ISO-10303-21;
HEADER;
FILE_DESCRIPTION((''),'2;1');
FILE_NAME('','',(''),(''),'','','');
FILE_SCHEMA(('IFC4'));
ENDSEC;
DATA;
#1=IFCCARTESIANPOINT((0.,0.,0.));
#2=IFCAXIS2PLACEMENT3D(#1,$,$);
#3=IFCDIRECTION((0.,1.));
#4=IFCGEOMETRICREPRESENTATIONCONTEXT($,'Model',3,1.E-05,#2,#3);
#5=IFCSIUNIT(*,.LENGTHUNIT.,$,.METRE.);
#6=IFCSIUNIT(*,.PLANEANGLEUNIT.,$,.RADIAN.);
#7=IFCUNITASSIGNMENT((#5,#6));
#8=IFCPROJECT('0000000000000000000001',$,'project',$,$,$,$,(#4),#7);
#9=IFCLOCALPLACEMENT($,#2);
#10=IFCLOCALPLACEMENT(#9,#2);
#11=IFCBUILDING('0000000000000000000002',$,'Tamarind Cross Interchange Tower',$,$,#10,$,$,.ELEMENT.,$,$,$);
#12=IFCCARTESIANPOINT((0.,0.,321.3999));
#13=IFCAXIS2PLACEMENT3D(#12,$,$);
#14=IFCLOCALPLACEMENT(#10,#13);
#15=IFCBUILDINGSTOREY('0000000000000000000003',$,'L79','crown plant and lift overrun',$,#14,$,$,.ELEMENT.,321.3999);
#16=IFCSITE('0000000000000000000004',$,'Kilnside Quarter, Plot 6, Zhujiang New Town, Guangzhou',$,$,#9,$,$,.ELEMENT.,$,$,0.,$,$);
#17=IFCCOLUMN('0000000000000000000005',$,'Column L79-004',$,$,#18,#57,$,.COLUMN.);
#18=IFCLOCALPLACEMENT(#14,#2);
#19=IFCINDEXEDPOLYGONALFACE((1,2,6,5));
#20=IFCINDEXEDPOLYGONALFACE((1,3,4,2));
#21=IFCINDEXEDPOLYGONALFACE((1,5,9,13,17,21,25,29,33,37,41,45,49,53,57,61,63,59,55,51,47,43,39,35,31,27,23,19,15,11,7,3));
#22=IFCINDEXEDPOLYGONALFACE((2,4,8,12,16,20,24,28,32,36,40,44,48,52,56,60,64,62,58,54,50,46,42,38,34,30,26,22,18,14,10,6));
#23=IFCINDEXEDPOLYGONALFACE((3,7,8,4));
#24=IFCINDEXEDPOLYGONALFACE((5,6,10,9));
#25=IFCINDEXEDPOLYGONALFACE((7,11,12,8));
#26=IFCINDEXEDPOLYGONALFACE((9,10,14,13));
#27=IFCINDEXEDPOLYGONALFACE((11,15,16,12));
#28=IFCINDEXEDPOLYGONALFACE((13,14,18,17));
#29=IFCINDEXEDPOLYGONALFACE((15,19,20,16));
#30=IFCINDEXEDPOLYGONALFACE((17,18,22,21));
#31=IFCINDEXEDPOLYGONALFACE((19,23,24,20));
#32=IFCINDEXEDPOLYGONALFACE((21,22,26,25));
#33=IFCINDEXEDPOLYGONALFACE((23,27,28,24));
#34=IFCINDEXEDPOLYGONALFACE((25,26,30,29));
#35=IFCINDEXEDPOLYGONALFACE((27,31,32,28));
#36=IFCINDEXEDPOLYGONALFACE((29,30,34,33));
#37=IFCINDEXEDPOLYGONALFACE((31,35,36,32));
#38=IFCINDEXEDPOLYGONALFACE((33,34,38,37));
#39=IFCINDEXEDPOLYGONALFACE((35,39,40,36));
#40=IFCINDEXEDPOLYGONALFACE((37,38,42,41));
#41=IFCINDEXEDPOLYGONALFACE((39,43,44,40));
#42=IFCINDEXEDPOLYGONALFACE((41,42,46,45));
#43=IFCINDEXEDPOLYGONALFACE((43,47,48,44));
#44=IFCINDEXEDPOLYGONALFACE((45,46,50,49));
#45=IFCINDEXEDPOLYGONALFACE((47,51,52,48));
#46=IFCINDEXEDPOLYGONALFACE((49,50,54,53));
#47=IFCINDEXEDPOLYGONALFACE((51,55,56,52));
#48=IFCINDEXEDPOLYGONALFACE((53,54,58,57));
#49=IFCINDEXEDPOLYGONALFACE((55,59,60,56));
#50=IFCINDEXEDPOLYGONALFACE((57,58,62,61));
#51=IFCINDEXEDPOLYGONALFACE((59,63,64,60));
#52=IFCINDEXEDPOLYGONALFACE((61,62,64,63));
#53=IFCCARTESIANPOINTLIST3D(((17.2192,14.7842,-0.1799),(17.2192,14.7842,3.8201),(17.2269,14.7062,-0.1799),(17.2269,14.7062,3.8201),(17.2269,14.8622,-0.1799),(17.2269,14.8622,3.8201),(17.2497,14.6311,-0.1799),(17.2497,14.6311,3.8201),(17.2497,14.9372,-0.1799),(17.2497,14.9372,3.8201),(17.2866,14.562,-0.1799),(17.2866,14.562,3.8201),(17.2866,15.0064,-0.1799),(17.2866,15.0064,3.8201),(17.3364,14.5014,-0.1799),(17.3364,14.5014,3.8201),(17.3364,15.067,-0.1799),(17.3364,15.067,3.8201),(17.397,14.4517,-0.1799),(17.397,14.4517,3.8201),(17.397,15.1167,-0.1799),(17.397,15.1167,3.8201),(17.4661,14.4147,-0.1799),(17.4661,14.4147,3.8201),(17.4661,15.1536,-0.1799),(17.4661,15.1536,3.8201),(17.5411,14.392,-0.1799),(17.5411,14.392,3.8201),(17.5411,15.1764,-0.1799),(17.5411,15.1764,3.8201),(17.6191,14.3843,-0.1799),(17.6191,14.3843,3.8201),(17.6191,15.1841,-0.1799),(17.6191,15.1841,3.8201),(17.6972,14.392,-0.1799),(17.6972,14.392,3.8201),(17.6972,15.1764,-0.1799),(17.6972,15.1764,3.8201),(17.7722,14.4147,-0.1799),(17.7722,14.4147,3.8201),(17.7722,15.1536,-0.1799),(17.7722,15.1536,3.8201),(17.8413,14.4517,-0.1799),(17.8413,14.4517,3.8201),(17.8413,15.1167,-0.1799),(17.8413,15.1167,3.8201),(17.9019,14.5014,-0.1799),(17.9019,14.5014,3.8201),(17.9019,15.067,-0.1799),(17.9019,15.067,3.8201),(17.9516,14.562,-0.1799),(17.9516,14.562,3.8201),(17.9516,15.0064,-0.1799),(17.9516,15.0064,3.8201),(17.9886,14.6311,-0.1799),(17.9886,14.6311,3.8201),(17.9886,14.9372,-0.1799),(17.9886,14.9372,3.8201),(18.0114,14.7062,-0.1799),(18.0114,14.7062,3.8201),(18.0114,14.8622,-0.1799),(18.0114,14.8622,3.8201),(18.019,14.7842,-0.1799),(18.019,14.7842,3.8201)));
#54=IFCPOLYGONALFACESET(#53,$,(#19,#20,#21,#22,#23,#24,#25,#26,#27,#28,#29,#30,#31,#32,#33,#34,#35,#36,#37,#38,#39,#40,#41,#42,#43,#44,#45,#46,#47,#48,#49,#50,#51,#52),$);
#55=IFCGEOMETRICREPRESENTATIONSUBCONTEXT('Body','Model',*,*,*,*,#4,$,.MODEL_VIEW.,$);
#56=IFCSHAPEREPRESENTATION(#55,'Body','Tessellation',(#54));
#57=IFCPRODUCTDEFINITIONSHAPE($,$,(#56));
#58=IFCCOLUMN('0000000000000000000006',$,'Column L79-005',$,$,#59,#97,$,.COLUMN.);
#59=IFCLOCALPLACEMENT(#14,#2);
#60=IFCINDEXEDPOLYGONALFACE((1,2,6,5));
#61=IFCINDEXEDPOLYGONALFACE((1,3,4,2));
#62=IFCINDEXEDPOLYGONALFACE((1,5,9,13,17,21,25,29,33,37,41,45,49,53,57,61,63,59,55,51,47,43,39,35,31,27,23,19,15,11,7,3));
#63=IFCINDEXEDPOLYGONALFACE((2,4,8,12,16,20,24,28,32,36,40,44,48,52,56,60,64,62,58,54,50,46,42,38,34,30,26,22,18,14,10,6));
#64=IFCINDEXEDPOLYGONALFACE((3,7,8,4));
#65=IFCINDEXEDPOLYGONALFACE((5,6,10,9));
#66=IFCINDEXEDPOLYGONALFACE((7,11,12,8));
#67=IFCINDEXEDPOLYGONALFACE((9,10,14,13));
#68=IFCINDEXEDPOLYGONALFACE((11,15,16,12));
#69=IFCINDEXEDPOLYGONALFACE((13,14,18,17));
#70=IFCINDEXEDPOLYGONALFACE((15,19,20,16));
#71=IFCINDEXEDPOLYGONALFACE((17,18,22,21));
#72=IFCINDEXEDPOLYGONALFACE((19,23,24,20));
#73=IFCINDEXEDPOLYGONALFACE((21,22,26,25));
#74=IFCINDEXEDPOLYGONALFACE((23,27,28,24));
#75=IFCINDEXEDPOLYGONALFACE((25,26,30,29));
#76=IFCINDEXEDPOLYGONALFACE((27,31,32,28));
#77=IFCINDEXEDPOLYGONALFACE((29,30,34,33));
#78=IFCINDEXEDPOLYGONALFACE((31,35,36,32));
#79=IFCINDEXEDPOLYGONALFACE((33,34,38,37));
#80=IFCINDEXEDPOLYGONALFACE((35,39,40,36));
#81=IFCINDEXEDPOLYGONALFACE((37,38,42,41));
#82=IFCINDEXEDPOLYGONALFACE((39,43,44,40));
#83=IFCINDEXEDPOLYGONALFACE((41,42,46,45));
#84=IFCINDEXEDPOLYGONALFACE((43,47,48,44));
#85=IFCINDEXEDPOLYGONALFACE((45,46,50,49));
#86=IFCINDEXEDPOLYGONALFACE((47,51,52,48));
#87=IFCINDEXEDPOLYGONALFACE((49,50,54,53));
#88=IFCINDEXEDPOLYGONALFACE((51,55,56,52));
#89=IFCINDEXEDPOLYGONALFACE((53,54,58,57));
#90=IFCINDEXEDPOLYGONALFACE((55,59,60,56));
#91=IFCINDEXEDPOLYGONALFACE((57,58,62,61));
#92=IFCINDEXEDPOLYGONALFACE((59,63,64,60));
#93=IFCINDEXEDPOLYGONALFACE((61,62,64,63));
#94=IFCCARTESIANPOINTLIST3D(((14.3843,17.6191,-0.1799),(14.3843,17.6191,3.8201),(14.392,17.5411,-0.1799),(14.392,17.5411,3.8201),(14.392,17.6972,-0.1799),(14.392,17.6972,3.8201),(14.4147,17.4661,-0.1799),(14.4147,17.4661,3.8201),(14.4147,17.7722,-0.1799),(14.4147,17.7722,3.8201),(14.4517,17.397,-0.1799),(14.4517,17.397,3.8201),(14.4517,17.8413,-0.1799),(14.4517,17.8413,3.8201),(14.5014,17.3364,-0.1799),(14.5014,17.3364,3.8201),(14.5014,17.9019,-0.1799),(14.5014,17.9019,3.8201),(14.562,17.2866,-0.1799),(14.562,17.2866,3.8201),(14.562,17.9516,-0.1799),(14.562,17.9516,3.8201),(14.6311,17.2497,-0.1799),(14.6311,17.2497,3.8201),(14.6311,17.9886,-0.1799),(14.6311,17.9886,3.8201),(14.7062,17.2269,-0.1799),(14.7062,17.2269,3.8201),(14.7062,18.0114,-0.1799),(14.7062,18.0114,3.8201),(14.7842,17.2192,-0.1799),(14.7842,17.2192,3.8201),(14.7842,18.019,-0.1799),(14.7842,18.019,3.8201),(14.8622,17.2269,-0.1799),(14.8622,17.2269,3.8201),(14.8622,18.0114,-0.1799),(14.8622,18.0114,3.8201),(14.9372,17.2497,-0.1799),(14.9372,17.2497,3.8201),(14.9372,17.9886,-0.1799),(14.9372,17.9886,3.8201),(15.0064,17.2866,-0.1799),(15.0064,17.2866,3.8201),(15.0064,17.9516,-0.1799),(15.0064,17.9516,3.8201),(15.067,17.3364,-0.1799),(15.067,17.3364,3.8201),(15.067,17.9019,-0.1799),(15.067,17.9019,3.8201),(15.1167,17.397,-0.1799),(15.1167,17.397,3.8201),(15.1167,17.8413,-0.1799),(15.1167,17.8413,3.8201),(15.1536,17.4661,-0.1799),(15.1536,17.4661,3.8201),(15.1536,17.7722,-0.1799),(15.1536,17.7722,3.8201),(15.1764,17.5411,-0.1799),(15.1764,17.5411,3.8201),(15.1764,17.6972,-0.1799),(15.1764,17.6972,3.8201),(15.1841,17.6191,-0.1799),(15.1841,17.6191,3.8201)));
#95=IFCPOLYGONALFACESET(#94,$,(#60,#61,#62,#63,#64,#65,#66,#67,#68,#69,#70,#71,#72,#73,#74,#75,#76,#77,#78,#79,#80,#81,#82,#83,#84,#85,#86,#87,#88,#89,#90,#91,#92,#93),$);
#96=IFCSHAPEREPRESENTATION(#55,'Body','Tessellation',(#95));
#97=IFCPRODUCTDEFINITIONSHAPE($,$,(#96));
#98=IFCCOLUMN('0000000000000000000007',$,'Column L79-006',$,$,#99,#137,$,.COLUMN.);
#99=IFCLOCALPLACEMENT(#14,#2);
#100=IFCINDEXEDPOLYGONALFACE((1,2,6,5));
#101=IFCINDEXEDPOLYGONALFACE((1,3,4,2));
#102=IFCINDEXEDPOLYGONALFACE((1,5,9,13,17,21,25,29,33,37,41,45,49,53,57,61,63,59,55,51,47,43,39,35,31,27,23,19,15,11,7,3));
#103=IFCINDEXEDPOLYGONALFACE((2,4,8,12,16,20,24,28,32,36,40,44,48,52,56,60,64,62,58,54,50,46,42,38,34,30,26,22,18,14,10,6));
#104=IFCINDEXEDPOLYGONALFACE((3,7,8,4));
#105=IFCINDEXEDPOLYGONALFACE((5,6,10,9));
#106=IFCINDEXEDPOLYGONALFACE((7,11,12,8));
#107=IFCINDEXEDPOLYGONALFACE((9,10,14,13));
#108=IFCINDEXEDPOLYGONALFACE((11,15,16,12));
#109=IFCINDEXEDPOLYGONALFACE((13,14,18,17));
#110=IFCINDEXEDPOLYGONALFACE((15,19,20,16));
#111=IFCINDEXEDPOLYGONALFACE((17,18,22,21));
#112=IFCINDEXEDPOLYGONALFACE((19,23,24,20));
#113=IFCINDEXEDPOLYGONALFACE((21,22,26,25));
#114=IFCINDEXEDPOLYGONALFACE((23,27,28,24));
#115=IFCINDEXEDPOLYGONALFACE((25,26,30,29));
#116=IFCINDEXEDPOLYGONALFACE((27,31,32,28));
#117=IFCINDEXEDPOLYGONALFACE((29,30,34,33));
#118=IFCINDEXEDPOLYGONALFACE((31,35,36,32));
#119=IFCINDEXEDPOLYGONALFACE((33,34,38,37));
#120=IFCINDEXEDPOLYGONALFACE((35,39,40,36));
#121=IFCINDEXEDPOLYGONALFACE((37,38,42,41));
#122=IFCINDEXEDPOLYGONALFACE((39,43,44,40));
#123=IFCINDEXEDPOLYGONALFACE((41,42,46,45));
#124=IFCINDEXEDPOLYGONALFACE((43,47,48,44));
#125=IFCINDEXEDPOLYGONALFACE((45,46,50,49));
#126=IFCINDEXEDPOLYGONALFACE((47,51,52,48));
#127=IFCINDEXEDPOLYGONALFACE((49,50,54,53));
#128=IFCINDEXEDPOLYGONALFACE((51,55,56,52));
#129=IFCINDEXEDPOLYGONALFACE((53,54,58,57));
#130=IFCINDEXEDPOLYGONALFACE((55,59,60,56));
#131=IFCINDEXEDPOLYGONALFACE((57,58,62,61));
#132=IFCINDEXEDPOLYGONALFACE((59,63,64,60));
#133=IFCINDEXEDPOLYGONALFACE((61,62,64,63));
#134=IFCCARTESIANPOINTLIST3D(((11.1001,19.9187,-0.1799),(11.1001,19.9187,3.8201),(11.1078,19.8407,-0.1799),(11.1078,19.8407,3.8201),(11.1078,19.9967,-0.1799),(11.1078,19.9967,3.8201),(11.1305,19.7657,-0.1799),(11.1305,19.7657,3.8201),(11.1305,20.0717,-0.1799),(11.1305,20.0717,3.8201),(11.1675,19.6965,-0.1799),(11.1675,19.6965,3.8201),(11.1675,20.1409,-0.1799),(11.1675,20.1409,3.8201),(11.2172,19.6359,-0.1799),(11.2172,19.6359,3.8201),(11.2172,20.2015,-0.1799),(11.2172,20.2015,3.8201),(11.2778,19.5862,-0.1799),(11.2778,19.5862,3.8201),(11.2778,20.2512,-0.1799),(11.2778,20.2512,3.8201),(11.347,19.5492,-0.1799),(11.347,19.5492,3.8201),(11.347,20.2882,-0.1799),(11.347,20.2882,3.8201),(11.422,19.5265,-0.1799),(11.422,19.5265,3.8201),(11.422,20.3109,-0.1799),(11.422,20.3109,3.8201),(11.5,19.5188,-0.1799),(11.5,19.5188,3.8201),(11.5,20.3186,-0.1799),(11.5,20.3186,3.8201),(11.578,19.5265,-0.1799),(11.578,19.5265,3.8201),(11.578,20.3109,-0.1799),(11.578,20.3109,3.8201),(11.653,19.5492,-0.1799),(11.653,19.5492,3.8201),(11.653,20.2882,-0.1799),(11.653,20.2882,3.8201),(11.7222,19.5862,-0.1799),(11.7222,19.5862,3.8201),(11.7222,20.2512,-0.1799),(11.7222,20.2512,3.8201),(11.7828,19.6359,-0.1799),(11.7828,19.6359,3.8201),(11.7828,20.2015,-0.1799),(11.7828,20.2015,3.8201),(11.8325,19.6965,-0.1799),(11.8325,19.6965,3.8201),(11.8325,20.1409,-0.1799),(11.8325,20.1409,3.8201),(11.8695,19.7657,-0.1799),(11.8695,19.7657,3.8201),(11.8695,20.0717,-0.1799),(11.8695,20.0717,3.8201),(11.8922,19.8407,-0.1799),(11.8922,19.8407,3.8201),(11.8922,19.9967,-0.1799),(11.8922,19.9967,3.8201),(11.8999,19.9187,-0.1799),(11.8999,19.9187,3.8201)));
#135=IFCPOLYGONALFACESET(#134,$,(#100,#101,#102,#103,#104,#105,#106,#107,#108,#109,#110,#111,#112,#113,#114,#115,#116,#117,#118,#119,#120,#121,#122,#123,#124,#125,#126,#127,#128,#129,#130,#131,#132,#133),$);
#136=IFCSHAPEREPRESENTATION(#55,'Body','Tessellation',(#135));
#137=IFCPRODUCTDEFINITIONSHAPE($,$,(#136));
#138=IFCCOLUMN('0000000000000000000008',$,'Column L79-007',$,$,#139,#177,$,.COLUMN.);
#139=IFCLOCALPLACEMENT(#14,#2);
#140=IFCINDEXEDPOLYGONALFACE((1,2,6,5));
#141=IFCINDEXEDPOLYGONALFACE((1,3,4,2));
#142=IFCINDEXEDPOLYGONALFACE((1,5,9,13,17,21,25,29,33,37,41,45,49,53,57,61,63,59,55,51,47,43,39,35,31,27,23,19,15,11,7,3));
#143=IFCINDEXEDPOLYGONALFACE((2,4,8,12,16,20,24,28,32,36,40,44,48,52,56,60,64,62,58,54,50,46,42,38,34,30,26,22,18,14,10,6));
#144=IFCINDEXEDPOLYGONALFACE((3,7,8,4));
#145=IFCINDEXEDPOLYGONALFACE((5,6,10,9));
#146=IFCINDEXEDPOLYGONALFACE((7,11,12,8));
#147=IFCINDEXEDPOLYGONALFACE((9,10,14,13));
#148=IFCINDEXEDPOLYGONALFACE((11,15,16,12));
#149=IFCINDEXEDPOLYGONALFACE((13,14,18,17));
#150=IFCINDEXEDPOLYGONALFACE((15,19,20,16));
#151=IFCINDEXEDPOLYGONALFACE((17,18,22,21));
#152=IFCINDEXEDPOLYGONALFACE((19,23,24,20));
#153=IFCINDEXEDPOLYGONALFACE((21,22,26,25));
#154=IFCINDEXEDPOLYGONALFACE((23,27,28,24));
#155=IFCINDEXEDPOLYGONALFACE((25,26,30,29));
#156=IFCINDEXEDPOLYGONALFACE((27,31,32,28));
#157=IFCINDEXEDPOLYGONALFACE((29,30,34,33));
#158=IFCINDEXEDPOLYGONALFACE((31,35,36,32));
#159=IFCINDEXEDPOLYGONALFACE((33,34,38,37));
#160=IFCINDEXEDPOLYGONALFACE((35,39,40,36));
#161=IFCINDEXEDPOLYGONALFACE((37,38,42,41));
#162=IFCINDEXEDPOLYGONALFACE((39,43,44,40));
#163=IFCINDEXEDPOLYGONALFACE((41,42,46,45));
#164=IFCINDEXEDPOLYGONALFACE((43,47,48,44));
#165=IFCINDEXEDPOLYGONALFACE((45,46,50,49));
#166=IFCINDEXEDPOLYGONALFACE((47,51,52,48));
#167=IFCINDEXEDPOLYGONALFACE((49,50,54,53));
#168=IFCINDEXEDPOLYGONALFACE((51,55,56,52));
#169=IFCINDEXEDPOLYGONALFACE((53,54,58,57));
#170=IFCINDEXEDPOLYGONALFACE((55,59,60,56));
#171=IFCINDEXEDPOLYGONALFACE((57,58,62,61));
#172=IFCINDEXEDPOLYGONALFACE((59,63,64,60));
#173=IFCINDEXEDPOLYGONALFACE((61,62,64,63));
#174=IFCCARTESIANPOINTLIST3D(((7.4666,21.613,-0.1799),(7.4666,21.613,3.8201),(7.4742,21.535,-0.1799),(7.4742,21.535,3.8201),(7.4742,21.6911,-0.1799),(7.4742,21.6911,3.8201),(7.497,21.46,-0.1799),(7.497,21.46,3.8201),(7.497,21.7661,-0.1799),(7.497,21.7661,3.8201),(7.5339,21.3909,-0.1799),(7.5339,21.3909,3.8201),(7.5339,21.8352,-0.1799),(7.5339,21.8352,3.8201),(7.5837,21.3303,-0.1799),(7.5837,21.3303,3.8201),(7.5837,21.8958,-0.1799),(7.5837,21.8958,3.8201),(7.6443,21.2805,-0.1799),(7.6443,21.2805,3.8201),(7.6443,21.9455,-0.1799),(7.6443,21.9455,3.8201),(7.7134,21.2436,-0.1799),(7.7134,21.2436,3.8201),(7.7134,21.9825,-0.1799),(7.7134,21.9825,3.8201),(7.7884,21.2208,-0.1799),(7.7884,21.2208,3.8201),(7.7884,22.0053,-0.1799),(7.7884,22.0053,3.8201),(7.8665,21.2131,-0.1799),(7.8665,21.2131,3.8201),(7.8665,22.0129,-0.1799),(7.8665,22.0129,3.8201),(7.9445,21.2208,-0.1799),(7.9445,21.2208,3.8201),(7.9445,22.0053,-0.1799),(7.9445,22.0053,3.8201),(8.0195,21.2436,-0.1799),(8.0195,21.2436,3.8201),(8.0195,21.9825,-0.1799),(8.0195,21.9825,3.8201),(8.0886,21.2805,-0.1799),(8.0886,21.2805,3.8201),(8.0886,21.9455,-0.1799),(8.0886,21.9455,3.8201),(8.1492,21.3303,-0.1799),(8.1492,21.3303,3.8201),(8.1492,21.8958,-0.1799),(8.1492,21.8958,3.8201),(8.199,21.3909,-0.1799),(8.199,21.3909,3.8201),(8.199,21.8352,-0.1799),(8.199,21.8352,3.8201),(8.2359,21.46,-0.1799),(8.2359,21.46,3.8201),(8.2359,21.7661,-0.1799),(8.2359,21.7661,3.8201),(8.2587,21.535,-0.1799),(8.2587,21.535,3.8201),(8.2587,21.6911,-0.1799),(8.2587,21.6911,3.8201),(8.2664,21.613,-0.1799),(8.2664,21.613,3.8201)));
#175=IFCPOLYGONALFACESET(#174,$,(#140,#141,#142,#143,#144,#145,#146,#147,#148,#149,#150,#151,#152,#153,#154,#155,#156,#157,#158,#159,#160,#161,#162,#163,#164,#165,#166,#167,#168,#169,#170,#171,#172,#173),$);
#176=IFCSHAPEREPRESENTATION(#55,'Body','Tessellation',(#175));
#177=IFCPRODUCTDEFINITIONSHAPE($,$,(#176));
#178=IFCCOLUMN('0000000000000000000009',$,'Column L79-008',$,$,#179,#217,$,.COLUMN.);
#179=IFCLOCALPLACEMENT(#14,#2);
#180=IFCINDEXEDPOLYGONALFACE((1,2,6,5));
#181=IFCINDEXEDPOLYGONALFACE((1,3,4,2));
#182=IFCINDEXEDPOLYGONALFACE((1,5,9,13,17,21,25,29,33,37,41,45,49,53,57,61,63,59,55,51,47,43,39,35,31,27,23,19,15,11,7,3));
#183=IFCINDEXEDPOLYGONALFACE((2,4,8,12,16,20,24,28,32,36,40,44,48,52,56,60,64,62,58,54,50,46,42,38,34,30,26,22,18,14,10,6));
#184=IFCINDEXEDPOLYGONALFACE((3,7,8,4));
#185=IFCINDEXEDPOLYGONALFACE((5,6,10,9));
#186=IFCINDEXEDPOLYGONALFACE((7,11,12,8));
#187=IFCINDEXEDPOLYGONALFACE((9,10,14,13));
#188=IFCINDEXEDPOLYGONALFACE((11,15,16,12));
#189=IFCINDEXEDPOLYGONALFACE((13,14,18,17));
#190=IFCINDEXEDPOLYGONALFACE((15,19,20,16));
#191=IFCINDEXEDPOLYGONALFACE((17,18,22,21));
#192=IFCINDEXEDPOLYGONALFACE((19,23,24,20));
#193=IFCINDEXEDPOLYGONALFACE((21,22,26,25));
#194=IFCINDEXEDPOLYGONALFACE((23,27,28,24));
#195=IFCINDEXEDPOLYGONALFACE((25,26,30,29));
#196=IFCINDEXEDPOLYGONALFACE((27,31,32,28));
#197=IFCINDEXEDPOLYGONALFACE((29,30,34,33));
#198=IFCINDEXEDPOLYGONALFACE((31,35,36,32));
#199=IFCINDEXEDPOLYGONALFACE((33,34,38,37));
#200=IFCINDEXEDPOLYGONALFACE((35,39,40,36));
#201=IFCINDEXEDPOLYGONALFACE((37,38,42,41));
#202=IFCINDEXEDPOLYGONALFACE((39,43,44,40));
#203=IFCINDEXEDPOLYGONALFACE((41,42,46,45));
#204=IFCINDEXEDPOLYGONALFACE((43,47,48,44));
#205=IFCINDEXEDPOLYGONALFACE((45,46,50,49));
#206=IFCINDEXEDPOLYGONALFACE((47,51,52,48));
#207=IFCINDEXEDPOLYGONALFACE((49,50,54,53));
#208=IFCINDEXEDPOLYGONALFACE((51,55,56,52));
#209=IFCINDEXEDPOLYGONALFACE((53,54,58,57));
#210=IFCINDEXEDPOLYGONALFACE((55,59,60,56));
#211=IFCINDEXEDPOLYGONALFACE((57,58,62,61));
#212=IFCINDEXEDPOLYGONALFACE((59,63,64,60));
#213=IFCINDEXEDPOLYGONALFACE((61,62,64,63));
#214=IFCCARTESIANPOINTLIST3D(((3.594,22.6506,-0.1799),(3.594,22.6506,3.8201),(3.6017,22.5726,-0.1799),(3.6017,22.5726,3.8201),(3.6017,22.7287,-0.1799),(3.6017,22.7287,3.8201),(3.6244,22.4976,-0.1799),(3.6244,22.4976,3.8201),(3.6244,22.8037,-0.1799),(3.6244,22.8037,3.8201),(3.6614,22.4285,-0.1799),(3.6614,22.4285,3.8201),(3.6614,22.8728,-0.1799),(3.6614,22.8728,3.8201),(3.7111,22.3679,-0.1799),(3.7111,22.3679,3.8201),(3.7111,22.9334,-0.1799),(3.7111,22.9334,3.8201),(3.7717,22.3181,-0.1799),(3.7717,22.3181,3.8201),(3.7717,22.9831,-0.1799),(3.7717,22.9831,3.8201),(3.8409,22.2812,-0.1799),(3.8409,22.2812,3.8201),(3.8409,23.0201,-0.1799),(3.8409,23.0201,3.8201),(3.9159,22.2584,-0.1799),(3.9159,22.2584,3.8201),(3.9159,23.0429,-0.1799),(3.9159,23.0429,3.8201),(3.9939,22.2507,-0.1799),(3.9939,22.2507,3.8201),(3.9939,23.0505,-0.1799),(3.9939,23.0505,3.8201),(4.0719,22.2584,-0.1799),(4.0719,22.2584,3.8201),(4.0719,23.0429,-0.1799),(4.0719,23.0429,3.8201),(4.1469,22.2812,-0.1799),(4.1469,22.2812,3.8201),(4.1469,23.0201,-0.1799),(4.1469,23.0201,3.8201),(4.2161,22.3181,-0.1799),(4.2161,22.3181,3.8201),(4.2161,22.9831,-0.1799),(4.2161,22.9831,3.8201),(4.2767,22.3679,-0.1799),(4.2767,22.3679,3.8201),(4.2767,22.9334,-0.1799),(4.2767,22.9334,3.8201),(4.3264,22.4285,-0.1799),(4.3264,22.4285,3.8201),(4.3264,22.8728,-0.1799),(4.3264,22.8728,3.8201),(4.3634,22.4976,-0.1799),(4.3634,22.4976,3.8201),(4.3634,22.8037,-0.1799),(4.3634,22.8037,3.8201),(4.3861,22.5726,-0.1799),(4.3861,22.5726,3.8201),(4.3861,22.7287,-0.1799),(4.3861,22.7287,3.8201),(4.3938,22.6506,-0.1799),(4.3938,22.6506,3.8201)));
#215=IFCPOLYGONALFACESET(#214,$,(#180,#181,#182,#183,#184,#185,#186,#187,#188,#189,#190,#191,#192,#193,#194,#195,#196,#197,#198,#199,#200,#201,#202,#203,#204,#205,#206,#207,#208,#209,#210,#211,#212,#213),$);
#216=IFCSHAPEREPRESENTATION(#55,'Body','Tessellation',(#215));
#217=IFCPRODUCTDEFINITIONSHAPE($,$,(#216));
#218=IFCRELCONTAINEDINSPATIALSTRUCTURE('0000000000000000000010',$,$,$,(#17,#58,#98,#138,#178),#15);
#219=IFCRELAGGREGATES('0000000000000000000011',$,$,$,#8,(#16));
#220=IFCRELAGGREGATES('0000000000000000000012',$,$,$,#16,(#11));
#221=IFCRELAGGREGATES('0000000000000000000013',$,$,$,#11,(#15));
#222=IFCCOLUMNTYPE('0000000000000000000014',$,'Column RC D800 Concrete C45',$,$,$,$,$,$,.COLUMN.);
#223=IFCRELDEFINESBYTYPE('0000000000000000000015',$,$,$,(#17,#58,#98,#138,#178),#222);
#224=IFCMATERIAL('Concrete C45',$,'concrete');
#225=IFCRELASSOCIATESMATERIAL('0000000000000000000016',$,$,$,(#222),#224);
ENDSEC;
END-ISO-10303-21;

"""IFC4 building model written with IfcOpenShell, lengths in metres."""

from ifc_helpers import new_model, si_unit, direction, frame, origin, origin_2d, place, context, subcontext, project, spatial, circle, extrude, material, material_profile, profile_set, type_object, element, save


model = new_model("IFC4")

# Units and contexts
model_context = context("Model", 3, precision=1e-05, world=origin(), true_north=direction((0.0, 1.0)))
body_context = subcontext(model_context, "Body", "Model", "MODEL_VIEW")
ifc_project = project(units=[si_unit("LENGTHUNIT", "METRE"), si_unit("PLANEANGLEUNIT", "RADIAN")], contexts=[model_context])

# Site, building, storey
site_placement = place(None, origin())
site = spatial("IfcSite", under=ifc_project, at=site_placement, Name="Kilnside Quarter, Plot 6, Zhujiang New Town, Guangzhou", CompositionType="ELEMENT", RefElevation=0.0)
building_placement = place(site_placement, origin())
building = spatial("IfcBuilding", under=site, at=building_placement, Name="Tamarind Cross Interchange Tower", CompositionType="ELEMENT")
storey_placement = place(building_placement, frame((0.0, 0.0, 321.3999)))
storey = spatial("IfcBuildingStorey", under=building, at=storey_placement, Name="L79", Description="crown plant and lift overrun", CompositionType="ELEMENT", Elevation=321.3999)

# Columns
ifc_material_1 = material(Name="Concrete C45", Category="concrete")
ifc_material_profile_1 = material_profile(ifc_material_1, circle(Radius=0.3999, at=origin_2d()), Name="RC D800")
ifc_profile_set_1 = profile_set([ifc_material_profile_1], Name="Concrete C45")
column_type = type_object("IfcColumnType", Name="Column RC D800 Concrete C45", PredefinedType="COLUMN", material=ifc_profile_set_1)
for number, where, z_axis, x_axis, name in (
    (1, (17.6191, 14.7842, -0.1799), (0.0, 0.0, 1.0), (1.0, 0.0, 0.0), "Column L79-004"),
    (2, (14.7842, 17.6191, -0.1799), (0.0, 0.0, 1.0), (1.0, 0.0, 0.0), "Column L79-005"),
    (3, (11.5, 19.9187, -0.1799), (0.0, 0.0, 1.0), (1.0, 0.0, 0.0), "Column L79-006"),
    (4, (7.8665, 21.613, -0.1799), (0.0, 0.0, 1.0), (1.0, 0.0, 0.0), "Column L79-007"),
    (5, (3.9939, 22.6506, -0.1799), (0.0, 0.0, 1.0), (1.0, 0.0, 0.0), "Column L79-008"),
):
    element("IfcColumn", number, at=place(storey_placement, frame(where, z_axis=z_axis, x_axis=x_axis)), inside=storey, type_object=column_type, Name=name, PredefinedType="COLUMN", context=body_context, shape_type="SweptSolid", body=[
        extrude(circle(Radius=0.3999, at=origin_2d()), origin(), (0.0, 0.0, 1.0), 4.0),
    ])

save(model, "model.ifc")
